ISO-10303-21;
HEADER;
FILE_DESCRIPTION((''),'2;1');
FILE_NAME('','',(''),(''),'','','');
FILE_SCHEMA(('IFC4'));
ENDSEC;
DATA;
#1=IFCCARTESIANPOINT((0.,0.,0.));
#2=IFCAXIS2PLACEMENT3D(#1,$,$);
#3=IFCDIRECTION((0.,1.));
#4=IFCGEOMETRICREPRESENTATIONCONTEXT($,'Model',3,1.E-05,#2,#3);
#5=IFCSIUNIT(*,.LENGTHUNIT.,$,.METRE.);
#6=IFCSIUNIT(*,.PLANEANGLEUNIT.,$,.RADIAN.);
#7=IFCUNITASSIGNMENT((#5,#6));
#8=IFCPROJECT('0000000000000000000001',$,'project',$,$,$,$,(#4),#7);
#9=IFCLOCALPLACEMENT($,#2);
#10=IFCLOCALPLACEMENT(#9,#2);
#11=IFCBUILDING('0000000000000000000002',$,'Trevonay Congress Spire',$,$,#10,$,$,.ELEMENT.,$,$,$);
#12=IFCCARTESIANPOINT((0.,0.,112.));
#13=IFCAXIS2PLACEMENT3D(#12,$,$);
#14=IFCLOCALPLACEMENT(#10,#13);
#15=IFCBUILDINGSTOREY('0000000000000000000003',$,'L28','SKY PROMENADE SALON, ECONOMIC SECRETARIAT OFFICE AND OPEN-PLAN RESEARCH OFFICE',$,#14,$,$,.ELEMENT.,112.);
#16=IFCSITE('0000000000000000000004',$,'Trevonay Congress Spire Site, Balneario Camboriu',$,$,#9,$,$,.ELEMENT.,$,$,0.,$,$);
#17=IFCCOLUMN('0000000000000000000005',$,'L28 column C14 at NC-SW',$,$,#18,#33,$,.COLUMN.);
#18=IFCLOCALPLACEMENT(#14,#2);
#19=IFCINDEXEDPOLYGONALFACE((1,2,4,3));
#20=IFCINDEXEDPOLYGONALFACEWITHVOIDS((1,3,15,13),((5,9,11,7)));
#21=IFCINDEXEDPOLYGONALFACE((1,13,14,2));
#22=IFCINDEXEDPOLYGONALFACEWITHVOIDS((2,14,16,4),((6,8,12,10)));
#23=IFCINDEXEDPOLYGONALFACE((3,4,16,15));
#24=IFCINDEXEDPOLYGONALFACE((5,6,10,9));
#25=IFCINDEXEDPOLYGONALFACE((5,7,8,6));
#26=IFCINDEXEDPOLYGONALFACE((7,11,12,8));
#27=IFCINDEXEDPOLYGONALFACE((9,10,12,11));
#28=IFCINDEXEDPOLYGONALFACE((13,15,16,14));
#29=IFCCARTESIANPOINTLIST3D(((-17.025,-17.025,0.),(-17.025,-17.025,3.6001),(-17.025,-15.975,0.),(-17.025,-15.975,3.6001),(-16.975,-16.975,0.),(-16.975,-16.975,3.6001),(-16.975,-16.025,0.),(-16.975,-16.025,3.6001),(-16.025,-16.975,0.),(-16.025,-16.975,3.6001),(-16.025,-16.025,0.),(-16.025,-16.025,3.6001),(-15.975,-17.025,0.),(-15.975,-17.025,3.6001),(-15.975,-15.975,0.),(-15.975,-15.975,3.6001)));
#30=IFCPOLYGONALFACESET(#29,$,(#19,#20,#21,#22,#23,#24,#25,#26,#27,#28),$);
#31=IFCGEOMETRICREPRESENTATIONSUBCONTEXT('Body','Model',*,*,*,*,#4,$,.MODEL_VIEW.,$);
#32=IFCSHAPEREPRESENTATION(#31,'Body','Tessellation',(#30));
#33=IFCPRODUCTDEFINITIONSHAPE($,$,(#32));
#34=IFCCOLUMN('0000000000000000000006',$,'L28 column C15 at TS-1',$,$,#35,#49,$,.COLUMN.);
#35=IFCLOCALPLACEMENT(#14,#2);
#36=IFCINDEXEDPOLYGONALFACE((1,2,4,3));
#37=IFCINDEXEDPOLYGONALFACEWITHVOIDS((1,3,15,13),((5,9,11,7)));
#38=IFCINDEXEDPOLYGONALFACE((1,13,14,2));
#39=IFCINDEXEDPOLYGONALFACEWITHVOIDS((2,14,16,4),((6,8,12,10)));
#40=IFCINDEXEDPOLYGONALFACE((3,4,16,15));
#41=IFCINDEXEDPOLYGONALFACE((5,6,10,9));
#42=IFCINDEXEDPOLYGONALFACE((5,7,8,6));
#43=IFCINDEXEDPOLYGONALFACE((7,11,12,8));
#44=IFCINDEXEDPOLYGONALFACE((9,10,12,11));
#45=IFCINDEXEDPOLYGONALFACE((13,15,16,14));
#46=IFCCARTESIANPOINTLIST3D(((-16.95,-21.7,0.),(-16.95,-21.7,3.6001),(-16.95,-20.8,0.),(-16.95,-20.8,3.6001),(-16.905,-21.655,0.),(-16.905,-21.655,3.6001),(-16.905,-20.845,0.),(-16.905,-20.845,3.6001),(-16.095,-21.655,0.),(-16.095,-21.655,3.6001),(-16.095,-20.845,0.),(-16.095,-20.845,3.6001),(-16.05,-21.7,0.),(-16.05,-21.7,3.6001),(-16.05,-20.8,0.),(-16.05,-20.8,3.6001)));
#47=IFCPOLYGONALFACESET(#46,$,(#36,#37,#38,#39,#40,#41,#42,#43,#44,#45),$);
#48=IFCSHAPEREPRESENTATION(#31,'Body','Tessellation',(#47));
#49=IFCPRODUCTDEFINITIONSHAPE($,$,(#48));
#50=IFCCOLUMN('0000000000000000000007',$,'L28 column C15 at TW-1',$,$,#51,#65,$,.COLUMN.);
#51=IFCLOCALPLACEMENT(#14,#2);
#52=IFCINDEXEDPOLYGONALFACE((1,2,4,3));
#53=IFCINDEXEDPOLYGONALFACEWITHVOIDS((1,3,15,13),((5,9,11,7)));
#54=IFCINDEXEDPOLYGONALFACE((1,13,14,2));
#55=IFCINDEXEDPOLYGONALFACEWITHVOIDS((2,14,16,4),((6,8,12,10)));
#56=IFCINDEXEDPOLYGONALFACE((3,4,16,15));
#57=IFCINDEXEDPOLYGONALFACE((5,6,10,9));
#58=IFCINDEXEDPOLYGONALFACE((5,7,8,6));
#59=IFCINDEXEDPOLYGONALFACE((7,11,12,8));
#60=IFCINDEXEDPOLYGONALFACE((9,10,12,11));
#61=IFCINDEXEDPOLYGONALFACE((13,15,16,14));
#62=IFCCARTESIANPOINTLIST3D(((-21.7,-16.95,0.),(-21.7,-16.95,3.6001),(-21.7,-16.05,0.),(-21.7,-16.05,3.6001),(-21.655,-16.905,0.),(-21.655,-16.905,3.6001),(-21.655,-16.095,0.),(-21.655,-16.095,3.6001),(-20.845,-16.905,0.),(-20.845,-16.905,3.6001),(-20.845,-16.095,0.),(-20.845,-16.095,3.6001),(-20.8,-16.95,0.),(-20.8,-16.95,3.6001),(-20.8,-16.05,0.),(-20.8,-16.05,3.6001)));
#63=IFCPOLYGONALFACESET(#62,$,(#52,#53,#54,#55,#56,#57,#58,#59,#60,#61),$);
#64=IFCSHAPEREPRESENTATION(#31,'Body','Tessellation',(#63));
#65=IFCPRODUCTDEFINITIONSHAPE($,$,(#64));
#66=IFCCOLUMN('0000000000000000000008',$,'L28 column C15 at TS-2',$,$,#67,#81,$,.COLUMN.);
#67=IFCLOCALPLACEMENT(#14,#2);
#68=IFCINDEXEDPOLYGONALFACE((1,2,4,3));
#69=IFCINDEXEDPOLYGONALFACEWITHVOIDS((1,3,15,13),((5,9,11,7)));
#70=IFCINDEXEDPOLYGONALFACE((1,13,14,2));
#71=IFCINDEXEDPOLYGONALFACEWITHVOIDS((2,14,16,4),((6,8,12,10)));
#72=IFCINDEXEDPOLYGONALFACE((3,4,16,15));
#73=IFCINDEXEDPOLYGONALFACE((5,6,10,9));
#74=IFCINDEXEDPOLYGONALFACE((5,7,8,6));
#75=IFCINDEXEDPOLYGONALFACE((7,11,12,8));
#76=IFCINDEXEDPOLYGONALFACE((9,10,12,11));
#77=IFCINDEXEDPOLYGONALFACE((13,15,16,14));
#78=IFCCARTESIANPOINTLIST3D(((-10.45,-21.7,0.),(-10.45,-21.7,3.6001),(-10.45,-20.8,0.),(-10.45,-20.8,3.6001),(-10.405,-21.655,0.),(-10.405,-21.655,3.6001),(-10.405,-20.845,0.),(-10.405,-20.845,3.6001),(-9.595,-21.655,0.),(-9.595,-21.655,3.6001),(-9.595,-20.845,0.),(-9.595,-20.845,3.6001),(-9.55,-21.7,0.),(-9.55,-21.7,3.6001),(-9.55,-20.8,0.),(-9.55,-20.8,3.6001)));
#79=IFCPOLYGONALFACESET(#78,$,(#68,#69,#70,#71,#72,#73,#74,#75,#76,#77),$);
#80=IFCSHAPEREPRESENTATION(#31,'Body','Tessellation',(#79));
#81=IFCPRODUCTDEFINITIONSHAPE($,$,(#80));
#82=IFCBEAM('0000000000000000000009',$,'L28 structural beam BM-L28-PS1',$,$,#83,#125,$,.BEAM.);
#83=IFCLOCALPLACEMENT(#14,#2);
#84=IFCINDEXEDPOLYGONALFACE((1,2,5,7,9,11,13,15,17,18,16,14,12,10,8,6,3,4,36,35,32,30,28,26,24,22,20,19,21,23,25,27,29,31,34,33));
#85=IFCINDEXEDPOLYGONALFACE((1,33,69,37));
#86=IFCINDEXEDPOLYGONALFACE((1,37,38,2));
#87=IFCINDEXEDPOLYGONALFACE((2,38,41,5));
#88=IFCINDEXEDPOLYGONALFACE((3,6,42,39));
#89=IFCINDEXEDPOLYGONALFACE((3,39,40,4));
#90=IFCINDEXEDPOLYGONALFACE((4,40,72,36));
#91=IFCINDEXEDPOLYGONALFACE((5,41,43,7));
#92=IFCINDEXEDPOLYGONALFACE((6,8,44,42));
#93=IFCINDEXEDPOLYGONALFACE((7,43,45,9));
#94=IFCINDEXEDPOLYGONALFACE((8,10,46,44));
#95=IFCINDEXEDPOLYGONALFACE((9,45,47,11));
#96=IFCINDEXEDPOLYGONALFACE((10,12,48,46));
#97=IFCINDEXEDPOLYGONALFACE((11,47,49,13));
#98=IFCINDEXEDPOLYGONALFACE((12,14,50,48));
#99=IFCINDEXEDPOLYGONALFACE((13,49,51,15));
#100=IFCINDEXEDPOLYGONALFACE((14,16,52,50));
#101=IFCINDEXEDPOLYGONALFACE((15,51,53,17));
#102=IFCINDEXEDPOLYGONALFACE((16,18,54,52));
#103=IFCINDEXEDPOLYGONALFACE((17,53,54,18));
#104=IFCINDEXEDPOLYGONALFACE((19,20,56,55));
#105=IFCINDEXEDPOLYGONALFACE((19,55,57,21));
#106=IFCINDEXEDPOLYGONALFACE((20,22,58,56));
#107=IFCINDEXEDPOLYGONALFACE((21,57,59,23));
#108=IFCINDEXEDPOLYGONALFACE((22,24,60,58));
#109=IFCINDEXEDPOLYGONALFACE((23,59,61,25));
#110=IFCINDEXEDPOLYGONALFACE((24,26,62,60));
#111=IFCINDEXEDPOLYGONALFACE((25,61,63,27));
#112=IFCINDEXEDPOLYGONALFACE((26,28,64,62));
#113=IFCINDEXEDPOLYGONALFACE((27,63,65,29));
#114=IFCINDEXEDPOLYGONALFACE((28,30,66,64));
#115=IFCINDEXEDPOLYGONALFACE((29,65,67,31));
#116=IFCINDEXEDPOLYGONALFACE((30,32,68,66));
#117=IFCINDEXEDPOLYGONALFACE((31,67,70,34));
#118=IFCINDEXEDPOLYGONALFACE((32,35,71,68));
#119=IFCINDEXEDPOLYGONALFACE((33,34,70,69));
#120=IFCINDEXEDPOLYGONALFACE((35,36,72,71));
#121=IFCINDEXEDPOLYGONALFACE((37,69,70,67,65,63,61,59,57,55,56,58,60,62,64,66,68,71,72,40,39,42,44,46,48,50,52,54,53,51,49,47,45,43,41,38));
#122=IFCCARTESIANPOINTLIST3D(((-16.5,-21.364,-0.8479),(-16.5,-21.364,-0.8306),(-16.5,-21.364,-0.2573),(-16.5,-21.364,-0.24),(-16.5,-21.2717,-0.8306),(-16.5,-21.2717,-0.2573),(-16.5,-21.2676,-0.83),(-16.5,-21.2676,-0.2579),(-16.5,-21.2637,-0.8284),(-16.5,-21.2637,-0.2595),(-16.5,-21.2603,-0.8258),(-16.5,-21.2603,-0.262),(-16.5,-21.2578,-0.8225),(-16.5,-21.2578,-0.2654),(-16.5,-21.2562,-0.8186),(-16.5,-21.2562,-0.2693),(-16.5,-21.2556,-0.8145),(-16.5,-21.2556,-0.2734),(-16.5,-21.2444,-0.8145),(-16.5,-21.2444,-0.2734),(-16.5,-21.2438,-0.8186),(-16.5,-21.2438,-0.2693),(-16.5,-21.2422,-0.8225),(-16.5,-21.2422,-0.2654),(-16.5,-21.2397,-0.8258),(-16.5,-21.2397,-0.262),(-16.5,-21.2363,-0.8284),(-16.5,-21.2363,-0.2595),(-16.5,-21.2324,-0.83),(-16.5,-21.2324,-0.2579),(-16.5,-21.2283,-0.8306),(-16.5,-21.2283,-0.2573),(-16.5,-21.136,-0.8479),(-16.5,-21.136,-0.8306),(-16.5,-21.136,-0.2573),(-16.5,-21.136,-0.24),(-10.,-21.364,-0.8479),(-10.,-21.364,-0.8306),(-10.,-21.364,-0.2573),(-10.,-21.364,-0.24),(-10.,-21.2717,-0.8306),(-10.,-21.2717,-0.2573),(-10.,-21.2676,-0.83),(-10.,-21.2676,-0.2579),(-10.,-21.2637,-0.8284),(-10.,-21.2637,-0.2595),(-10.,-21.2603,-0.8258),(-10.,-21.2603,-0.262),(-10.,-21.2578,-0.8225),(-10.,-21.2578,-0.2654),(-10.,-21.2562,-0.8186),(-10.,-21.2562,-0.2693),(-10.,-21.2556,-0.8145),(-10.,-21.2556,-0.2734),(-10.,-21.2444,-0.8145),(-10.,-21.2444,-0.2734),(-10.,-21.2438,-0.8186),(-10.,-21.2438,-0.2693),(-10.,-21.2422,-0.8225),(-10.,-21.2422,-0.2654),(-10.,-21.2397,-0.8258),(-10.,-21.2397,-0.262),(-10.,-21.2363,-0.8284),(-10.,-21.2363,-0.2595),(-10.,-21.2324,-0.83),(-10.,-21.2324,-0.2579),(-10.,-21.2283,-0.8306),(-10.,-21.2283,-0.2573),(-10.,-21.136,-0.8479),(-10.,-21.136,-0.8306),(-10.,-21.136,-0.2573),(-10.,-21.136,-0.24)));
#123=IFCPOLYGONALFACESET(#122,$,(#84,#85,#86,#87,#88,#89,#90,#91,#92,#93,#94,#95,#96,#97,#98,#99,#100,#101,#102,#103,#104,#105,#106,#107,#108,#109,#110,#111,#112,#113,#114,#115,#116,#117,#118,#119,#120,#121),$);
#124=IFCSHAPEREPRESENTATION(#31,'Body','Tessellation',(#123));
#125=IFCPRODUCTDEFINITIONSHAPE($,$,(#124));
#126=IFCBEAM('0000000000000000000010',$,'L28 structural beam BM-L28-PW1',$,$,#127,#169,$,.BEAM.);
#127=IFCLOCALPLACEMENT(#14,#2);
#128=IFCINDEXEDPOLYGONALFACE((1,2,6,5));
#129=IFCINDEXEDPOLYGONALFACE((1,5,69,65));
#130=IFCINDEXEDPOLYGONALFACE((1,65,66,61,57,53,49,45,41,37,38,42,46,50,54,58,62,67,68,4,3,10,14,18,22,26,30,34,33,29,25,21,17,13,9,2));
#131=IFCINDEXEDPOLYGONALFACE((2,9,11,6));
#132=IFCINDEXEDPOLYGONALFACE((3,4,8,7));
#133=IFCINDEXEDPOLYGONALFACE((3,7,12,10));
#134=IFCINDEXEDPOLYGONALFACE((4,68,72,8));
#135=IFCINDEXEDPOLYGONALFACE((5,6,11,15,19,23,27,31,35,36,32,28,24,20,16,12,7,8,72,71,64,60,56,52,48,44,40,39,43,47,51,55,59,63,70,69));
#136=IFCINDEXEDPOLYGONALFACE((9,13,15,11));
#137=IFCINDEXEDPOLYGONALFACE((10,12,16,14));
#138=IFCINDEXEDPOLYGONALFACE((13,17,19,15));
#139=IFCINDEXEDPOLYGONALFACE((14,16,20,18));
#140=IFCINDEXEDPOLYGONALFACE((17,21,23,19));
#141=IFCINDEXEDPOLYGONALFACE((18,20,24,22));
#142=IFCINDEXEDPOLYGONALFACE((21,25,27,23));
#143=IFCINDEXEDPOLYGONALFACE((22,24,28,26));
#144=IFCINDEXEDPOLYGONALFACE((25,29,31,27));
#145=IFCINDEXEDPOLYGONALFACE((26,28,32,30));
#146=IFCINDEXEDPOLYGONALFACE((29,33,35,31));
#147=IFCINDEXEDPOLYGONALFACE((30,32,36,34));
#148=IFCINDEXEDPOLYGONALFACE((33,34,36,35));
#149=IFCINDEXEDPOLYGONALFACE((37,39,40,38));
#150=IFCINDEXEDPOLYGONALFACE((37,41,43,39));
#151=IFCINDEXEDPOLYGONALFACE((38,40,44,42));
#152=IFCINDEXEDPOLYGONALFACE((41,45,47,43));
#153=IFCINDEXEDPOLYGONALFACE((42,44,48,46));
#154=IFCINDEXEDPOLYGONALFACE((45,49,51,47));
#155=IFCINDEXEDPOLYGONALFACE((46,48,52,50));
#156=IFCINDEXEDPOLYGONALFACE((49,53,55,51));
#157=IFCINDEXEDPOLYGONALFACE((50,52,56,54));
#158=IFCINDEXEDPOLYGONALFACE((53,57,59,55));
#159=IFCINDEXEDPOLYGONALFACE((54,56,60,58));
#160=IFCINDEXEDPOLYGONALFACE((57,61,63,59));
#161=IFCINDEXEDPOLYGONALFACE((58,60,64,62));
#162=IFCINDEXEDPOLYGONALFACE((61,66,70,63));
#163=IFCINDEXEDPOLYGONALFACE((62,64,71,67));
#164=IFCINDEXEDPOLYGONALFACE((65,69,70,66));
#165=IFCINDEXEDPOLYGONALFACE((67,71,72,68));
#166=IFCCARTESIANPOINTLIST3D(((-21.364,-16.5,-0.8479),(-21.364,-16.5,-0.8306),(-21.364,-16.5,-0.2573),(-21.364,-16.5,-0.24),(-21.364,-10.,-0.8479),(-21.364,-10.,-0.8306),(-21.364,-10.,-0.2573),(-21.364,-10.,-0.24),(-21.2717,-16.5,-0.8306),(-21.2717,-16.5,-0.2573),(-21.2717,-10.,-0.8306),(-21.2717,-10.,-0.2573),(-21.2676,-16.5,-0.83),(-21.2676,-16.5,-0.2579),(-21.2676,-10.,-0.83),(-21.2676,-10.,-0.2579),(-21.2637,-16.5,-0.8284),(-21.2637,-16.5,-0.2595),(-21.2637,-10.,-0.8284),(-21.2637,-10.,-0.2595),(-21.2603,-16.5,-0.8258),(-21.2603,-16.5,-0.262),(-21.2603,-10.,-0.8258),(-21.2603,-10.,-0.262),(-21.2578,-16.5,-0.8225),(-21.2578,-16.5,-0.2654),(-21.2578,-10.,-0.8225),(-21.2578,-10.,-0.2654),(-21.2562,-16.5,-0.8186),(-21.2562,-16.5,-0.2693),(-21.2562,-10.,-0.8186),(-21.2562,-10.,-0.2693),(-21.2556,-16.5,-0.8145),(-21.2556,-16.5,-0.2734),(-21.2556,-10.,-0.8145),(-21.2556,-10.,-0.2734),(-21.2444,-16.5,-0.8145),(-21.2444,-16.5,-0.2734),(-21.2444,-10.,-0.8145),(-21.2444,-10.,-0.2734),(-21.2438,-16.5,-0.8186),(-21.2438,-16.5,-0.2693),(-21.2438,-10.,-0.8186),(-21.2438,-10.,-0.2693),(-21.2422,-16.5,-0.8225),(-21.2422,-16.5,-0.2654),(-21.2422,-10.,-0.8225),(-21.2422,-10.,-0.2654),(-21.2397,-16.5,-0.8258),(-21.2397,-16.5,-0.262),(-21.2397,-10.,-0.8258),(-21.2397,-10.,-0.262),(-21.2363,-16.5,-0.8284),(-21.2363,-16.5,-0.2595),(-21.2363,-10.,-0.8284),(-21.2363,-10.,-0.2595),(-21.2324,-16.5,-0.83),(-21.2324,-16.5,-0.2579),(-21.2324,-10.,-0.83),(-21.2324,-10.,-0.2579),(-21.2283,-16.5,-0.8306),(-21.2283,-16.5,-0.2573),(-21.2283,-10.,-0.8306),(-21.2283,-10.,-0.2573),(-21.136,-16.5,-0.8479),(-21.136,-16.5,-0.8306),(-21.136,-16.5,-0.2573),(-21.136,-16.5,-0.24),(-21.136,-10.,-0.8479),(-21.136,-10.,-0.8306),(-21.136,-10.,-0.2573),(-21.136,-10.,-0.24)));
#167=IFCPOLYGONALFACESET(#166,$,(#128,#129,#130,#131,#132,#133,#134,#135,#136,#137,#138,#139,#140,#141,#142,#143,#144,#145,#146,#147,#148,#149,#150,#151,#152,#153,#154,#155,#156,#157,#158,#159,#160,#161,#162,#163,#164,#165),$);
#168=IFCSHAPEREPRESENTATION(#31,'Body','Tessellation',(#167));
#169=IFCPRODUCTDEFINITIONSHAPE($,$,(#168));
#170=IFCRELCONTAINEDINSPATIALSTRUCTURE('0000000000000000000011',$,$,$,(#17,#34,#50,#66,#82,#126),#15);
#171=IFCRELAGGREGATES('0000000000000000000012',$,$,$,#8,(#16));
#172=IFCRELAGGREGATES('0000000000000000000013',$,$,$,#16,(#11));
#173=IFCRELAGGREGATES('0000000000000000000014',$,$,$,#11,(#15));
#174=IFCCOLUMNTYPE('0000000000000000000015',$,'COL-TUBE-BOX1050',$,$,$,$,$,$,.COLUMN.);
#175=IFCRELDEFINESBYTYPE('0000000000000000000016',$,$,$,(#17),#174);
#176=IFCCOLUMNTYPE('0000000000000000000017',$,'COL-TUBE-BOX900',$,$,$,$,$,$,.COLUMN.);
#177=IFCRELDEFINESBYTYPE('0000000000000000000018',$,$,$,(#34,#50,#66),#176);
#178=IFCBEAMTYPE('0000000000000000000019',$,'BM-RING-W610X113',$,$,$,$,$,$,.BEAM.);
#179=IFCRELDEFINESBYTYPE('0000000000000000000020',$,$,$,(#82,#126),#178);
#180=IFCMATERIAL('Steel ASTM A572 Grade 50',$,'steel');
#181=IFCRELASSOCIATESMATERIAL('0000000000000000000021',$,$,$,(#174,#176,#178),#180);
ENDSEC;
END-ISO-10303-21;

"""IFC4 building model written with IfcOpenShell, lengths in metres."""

from ifc_helpers import new_model, si_unit, direction, frame, origin, origin_2d, place, context, subcontext, project, spatial, hollow_rectangle, i_section, extrude, material, material_profile, profile_set, type_object, element, save


model = new_model("IFC4")

# Units and contexts
model_context = context("Model", 3, precision=1e-05, world=origin(), true_north=direction((0.0, 1.0)))
body_context = subcontext(model_context, "Body", "Model", "MODEL_VIEW")
ifc_project = project(units=[si_unit("LENGTHUNIT", "METRE"), si_unit("PLANEANGLEUNIT", "RADIAN")], contexts=[model_context])

# Site, building, storey
site_placement = place(None, origin())
site = spatial("IfcSite", under=ifc_project, at=site_placement, Name="Trevonay Congress Spire Site, Balneario Camboriu", CompositionType="ELEMENT", RefElevation=0.0)
building_placement = place(site_placement, origin())
building = spatial("IfcBuilding", under=site, at=building_placement, Name="Trevonay Congress Spire", CompositionType="ELEMENT")
storey_placement = place(building_placement, frame((0.0, 0.0, 112.0)))
storey = spatial("IfcBuildingStorey", under=building, at=storey_placement, Name="L28", Description="SKY PROMENADE SALON, ECONOMIC SECRETARIAT OFFICE AND OPEN-PLAN RESEARCH OFFICE", CompositionType="ELEMENT", Elevation=112.0)

# Columns
ifc_material_1 = material(Name="Steel ASTM A572 Grade 50", Category="steel")
ifc_material_profile_1 = material_profile(ifc_material_1, hollow_rectangle(XDim=1.05, YDim=1.05, WallThickness=0.05, at=origin_2d()), Name="BOX 1050x1050x50")
ifc_profile_set_1 = profile_set([ifc_material_profile_1], Name="Steel ASTM A572 Grade 50")
column_type_1 = type_object("IfcColumnType", Name="COL-TUBE-BOX1050", PredefinedType="COLUMN", material=ifc_profile_set_1)
column_placement = place(storey_placement, frame((-16.5, -16.5, 0.0), z_axis=(0.0, 0.0, 1.0), x_axis=(1.0, 0.0, 0.0)))
element("IfcColumn", 1, at=column_placement, inside=storey, type_object=column_type_1, Name="L28 column C14 at NC-SW", PredefinedType="COLUMN", context=body_context, shape_type="SweptSolid", body=[
    extrude(hollow_rectangle(XDim=1.05, YDim=1.05, WallThickness=0.05, at=origin_2d()), origin(), (0.0, 0.0, 1.0), 3.6001),
])
ifc_material_profile_2 = material_profile(ifc_material_1, hollow_rectangle(XDim=0.8999, YDim=0.8999, WallThickness=0.0449, at=origin_2d()), Name="BOX 900x900x45")
ifc_profile_set_2 = profile_set([ifc_material_profile_2], Name="Steel ASTM A572 Grade 50")
column_type_2 = type_object("IfcColumnType", Name="COL-TUBE-BOX900", PredefinedType="COLUMN", material=ifc_profile_set_2)
for number, where, z_axis, x_axis, name in (
    (2, (-16.5, -21.25, 0.0), (0.0, 0.0, 1.0), (1.0, 0.0, 0.0), "L28 column C15 at TS-1"),
    (3, (-21.25, -16.5, 0.0), (0.0, 0.0, 1.0), (1.0, 0.0, 0.0), "L28 column C15 at TW-1"),
    (4, (-10.0, -21.25, 0.0), (0.0, 0.0, 1.0), (1.0, 0.0, 0.0), "L28 column C15 at TS-2"),
):
    element("IfcColumn", number, at=place(storey_placement, frame(where, z_axis=z_axis, x_axis=x_axis)), inside=storey, type_object=column_type_2, Name=name, PredefinedType="COLUMN", context=body_context, shape_type="SweptSolid", body=[
        extrude(hollow_rectangle(XDim=0.8999, YDim=0.8999, WallThickness=0.0449, at=origin_2d()), origin(), (0.0, 0.0, 1.0), 3.6001),
    ])

# Beams
ifc_material_profile_3 = material_profile(ifc_material_1, i_section(OverallWidth=0.228, OverallDepth=0.6079, WebThickness=0.0112, FlangeThickness=0.0173, FilletRadius=0.0161, at=origin_2d()), Name="W610x113")
ifc_profile_set_3 = profile_set([ifc_material_profile_3], Name="Steel ASTM A572 Grade 50")
beam_type = type_object("IfcBeamType", Name="BM-RING-W610X113", PredefinedType="BEAM", material=ifc_profile_set_3)
for number, where, z_axis, x_axis, name in (
    (5, (-16.5, -21.25, -0.5439), (1.0, 0.0, 0.0), (0.0, 1.0, 0.0), "L28 structural beam BM-L28-PS1"),
    (6, (-21.25, -16.5, -0.5439), (0.0, 1.0, 0.0), (-1.0, 0.0, 0.0), "L28 structural beam BM-L28-PW1"),
):
    element("IfcBeam", number, at=place(storey_placement, frame(where, z_axis=z_axis, x_axis=x_axis)), inside=storey, type_object=beam_type, Name=name, PredefinedType="BEAM", context=body_context, shape_type="SweptSolid", body=[
        extrude(i_section(OverallWidth=0.228, OverallDepth=0.6079, WebThickness=0.0112, FlangeThickness=0.0173, FilletRadius=0.0161, at=origin_2d()), origin(), (0.0, 0.0, 1.0), 6.5),
    ])

save(model, "model.ifc")
